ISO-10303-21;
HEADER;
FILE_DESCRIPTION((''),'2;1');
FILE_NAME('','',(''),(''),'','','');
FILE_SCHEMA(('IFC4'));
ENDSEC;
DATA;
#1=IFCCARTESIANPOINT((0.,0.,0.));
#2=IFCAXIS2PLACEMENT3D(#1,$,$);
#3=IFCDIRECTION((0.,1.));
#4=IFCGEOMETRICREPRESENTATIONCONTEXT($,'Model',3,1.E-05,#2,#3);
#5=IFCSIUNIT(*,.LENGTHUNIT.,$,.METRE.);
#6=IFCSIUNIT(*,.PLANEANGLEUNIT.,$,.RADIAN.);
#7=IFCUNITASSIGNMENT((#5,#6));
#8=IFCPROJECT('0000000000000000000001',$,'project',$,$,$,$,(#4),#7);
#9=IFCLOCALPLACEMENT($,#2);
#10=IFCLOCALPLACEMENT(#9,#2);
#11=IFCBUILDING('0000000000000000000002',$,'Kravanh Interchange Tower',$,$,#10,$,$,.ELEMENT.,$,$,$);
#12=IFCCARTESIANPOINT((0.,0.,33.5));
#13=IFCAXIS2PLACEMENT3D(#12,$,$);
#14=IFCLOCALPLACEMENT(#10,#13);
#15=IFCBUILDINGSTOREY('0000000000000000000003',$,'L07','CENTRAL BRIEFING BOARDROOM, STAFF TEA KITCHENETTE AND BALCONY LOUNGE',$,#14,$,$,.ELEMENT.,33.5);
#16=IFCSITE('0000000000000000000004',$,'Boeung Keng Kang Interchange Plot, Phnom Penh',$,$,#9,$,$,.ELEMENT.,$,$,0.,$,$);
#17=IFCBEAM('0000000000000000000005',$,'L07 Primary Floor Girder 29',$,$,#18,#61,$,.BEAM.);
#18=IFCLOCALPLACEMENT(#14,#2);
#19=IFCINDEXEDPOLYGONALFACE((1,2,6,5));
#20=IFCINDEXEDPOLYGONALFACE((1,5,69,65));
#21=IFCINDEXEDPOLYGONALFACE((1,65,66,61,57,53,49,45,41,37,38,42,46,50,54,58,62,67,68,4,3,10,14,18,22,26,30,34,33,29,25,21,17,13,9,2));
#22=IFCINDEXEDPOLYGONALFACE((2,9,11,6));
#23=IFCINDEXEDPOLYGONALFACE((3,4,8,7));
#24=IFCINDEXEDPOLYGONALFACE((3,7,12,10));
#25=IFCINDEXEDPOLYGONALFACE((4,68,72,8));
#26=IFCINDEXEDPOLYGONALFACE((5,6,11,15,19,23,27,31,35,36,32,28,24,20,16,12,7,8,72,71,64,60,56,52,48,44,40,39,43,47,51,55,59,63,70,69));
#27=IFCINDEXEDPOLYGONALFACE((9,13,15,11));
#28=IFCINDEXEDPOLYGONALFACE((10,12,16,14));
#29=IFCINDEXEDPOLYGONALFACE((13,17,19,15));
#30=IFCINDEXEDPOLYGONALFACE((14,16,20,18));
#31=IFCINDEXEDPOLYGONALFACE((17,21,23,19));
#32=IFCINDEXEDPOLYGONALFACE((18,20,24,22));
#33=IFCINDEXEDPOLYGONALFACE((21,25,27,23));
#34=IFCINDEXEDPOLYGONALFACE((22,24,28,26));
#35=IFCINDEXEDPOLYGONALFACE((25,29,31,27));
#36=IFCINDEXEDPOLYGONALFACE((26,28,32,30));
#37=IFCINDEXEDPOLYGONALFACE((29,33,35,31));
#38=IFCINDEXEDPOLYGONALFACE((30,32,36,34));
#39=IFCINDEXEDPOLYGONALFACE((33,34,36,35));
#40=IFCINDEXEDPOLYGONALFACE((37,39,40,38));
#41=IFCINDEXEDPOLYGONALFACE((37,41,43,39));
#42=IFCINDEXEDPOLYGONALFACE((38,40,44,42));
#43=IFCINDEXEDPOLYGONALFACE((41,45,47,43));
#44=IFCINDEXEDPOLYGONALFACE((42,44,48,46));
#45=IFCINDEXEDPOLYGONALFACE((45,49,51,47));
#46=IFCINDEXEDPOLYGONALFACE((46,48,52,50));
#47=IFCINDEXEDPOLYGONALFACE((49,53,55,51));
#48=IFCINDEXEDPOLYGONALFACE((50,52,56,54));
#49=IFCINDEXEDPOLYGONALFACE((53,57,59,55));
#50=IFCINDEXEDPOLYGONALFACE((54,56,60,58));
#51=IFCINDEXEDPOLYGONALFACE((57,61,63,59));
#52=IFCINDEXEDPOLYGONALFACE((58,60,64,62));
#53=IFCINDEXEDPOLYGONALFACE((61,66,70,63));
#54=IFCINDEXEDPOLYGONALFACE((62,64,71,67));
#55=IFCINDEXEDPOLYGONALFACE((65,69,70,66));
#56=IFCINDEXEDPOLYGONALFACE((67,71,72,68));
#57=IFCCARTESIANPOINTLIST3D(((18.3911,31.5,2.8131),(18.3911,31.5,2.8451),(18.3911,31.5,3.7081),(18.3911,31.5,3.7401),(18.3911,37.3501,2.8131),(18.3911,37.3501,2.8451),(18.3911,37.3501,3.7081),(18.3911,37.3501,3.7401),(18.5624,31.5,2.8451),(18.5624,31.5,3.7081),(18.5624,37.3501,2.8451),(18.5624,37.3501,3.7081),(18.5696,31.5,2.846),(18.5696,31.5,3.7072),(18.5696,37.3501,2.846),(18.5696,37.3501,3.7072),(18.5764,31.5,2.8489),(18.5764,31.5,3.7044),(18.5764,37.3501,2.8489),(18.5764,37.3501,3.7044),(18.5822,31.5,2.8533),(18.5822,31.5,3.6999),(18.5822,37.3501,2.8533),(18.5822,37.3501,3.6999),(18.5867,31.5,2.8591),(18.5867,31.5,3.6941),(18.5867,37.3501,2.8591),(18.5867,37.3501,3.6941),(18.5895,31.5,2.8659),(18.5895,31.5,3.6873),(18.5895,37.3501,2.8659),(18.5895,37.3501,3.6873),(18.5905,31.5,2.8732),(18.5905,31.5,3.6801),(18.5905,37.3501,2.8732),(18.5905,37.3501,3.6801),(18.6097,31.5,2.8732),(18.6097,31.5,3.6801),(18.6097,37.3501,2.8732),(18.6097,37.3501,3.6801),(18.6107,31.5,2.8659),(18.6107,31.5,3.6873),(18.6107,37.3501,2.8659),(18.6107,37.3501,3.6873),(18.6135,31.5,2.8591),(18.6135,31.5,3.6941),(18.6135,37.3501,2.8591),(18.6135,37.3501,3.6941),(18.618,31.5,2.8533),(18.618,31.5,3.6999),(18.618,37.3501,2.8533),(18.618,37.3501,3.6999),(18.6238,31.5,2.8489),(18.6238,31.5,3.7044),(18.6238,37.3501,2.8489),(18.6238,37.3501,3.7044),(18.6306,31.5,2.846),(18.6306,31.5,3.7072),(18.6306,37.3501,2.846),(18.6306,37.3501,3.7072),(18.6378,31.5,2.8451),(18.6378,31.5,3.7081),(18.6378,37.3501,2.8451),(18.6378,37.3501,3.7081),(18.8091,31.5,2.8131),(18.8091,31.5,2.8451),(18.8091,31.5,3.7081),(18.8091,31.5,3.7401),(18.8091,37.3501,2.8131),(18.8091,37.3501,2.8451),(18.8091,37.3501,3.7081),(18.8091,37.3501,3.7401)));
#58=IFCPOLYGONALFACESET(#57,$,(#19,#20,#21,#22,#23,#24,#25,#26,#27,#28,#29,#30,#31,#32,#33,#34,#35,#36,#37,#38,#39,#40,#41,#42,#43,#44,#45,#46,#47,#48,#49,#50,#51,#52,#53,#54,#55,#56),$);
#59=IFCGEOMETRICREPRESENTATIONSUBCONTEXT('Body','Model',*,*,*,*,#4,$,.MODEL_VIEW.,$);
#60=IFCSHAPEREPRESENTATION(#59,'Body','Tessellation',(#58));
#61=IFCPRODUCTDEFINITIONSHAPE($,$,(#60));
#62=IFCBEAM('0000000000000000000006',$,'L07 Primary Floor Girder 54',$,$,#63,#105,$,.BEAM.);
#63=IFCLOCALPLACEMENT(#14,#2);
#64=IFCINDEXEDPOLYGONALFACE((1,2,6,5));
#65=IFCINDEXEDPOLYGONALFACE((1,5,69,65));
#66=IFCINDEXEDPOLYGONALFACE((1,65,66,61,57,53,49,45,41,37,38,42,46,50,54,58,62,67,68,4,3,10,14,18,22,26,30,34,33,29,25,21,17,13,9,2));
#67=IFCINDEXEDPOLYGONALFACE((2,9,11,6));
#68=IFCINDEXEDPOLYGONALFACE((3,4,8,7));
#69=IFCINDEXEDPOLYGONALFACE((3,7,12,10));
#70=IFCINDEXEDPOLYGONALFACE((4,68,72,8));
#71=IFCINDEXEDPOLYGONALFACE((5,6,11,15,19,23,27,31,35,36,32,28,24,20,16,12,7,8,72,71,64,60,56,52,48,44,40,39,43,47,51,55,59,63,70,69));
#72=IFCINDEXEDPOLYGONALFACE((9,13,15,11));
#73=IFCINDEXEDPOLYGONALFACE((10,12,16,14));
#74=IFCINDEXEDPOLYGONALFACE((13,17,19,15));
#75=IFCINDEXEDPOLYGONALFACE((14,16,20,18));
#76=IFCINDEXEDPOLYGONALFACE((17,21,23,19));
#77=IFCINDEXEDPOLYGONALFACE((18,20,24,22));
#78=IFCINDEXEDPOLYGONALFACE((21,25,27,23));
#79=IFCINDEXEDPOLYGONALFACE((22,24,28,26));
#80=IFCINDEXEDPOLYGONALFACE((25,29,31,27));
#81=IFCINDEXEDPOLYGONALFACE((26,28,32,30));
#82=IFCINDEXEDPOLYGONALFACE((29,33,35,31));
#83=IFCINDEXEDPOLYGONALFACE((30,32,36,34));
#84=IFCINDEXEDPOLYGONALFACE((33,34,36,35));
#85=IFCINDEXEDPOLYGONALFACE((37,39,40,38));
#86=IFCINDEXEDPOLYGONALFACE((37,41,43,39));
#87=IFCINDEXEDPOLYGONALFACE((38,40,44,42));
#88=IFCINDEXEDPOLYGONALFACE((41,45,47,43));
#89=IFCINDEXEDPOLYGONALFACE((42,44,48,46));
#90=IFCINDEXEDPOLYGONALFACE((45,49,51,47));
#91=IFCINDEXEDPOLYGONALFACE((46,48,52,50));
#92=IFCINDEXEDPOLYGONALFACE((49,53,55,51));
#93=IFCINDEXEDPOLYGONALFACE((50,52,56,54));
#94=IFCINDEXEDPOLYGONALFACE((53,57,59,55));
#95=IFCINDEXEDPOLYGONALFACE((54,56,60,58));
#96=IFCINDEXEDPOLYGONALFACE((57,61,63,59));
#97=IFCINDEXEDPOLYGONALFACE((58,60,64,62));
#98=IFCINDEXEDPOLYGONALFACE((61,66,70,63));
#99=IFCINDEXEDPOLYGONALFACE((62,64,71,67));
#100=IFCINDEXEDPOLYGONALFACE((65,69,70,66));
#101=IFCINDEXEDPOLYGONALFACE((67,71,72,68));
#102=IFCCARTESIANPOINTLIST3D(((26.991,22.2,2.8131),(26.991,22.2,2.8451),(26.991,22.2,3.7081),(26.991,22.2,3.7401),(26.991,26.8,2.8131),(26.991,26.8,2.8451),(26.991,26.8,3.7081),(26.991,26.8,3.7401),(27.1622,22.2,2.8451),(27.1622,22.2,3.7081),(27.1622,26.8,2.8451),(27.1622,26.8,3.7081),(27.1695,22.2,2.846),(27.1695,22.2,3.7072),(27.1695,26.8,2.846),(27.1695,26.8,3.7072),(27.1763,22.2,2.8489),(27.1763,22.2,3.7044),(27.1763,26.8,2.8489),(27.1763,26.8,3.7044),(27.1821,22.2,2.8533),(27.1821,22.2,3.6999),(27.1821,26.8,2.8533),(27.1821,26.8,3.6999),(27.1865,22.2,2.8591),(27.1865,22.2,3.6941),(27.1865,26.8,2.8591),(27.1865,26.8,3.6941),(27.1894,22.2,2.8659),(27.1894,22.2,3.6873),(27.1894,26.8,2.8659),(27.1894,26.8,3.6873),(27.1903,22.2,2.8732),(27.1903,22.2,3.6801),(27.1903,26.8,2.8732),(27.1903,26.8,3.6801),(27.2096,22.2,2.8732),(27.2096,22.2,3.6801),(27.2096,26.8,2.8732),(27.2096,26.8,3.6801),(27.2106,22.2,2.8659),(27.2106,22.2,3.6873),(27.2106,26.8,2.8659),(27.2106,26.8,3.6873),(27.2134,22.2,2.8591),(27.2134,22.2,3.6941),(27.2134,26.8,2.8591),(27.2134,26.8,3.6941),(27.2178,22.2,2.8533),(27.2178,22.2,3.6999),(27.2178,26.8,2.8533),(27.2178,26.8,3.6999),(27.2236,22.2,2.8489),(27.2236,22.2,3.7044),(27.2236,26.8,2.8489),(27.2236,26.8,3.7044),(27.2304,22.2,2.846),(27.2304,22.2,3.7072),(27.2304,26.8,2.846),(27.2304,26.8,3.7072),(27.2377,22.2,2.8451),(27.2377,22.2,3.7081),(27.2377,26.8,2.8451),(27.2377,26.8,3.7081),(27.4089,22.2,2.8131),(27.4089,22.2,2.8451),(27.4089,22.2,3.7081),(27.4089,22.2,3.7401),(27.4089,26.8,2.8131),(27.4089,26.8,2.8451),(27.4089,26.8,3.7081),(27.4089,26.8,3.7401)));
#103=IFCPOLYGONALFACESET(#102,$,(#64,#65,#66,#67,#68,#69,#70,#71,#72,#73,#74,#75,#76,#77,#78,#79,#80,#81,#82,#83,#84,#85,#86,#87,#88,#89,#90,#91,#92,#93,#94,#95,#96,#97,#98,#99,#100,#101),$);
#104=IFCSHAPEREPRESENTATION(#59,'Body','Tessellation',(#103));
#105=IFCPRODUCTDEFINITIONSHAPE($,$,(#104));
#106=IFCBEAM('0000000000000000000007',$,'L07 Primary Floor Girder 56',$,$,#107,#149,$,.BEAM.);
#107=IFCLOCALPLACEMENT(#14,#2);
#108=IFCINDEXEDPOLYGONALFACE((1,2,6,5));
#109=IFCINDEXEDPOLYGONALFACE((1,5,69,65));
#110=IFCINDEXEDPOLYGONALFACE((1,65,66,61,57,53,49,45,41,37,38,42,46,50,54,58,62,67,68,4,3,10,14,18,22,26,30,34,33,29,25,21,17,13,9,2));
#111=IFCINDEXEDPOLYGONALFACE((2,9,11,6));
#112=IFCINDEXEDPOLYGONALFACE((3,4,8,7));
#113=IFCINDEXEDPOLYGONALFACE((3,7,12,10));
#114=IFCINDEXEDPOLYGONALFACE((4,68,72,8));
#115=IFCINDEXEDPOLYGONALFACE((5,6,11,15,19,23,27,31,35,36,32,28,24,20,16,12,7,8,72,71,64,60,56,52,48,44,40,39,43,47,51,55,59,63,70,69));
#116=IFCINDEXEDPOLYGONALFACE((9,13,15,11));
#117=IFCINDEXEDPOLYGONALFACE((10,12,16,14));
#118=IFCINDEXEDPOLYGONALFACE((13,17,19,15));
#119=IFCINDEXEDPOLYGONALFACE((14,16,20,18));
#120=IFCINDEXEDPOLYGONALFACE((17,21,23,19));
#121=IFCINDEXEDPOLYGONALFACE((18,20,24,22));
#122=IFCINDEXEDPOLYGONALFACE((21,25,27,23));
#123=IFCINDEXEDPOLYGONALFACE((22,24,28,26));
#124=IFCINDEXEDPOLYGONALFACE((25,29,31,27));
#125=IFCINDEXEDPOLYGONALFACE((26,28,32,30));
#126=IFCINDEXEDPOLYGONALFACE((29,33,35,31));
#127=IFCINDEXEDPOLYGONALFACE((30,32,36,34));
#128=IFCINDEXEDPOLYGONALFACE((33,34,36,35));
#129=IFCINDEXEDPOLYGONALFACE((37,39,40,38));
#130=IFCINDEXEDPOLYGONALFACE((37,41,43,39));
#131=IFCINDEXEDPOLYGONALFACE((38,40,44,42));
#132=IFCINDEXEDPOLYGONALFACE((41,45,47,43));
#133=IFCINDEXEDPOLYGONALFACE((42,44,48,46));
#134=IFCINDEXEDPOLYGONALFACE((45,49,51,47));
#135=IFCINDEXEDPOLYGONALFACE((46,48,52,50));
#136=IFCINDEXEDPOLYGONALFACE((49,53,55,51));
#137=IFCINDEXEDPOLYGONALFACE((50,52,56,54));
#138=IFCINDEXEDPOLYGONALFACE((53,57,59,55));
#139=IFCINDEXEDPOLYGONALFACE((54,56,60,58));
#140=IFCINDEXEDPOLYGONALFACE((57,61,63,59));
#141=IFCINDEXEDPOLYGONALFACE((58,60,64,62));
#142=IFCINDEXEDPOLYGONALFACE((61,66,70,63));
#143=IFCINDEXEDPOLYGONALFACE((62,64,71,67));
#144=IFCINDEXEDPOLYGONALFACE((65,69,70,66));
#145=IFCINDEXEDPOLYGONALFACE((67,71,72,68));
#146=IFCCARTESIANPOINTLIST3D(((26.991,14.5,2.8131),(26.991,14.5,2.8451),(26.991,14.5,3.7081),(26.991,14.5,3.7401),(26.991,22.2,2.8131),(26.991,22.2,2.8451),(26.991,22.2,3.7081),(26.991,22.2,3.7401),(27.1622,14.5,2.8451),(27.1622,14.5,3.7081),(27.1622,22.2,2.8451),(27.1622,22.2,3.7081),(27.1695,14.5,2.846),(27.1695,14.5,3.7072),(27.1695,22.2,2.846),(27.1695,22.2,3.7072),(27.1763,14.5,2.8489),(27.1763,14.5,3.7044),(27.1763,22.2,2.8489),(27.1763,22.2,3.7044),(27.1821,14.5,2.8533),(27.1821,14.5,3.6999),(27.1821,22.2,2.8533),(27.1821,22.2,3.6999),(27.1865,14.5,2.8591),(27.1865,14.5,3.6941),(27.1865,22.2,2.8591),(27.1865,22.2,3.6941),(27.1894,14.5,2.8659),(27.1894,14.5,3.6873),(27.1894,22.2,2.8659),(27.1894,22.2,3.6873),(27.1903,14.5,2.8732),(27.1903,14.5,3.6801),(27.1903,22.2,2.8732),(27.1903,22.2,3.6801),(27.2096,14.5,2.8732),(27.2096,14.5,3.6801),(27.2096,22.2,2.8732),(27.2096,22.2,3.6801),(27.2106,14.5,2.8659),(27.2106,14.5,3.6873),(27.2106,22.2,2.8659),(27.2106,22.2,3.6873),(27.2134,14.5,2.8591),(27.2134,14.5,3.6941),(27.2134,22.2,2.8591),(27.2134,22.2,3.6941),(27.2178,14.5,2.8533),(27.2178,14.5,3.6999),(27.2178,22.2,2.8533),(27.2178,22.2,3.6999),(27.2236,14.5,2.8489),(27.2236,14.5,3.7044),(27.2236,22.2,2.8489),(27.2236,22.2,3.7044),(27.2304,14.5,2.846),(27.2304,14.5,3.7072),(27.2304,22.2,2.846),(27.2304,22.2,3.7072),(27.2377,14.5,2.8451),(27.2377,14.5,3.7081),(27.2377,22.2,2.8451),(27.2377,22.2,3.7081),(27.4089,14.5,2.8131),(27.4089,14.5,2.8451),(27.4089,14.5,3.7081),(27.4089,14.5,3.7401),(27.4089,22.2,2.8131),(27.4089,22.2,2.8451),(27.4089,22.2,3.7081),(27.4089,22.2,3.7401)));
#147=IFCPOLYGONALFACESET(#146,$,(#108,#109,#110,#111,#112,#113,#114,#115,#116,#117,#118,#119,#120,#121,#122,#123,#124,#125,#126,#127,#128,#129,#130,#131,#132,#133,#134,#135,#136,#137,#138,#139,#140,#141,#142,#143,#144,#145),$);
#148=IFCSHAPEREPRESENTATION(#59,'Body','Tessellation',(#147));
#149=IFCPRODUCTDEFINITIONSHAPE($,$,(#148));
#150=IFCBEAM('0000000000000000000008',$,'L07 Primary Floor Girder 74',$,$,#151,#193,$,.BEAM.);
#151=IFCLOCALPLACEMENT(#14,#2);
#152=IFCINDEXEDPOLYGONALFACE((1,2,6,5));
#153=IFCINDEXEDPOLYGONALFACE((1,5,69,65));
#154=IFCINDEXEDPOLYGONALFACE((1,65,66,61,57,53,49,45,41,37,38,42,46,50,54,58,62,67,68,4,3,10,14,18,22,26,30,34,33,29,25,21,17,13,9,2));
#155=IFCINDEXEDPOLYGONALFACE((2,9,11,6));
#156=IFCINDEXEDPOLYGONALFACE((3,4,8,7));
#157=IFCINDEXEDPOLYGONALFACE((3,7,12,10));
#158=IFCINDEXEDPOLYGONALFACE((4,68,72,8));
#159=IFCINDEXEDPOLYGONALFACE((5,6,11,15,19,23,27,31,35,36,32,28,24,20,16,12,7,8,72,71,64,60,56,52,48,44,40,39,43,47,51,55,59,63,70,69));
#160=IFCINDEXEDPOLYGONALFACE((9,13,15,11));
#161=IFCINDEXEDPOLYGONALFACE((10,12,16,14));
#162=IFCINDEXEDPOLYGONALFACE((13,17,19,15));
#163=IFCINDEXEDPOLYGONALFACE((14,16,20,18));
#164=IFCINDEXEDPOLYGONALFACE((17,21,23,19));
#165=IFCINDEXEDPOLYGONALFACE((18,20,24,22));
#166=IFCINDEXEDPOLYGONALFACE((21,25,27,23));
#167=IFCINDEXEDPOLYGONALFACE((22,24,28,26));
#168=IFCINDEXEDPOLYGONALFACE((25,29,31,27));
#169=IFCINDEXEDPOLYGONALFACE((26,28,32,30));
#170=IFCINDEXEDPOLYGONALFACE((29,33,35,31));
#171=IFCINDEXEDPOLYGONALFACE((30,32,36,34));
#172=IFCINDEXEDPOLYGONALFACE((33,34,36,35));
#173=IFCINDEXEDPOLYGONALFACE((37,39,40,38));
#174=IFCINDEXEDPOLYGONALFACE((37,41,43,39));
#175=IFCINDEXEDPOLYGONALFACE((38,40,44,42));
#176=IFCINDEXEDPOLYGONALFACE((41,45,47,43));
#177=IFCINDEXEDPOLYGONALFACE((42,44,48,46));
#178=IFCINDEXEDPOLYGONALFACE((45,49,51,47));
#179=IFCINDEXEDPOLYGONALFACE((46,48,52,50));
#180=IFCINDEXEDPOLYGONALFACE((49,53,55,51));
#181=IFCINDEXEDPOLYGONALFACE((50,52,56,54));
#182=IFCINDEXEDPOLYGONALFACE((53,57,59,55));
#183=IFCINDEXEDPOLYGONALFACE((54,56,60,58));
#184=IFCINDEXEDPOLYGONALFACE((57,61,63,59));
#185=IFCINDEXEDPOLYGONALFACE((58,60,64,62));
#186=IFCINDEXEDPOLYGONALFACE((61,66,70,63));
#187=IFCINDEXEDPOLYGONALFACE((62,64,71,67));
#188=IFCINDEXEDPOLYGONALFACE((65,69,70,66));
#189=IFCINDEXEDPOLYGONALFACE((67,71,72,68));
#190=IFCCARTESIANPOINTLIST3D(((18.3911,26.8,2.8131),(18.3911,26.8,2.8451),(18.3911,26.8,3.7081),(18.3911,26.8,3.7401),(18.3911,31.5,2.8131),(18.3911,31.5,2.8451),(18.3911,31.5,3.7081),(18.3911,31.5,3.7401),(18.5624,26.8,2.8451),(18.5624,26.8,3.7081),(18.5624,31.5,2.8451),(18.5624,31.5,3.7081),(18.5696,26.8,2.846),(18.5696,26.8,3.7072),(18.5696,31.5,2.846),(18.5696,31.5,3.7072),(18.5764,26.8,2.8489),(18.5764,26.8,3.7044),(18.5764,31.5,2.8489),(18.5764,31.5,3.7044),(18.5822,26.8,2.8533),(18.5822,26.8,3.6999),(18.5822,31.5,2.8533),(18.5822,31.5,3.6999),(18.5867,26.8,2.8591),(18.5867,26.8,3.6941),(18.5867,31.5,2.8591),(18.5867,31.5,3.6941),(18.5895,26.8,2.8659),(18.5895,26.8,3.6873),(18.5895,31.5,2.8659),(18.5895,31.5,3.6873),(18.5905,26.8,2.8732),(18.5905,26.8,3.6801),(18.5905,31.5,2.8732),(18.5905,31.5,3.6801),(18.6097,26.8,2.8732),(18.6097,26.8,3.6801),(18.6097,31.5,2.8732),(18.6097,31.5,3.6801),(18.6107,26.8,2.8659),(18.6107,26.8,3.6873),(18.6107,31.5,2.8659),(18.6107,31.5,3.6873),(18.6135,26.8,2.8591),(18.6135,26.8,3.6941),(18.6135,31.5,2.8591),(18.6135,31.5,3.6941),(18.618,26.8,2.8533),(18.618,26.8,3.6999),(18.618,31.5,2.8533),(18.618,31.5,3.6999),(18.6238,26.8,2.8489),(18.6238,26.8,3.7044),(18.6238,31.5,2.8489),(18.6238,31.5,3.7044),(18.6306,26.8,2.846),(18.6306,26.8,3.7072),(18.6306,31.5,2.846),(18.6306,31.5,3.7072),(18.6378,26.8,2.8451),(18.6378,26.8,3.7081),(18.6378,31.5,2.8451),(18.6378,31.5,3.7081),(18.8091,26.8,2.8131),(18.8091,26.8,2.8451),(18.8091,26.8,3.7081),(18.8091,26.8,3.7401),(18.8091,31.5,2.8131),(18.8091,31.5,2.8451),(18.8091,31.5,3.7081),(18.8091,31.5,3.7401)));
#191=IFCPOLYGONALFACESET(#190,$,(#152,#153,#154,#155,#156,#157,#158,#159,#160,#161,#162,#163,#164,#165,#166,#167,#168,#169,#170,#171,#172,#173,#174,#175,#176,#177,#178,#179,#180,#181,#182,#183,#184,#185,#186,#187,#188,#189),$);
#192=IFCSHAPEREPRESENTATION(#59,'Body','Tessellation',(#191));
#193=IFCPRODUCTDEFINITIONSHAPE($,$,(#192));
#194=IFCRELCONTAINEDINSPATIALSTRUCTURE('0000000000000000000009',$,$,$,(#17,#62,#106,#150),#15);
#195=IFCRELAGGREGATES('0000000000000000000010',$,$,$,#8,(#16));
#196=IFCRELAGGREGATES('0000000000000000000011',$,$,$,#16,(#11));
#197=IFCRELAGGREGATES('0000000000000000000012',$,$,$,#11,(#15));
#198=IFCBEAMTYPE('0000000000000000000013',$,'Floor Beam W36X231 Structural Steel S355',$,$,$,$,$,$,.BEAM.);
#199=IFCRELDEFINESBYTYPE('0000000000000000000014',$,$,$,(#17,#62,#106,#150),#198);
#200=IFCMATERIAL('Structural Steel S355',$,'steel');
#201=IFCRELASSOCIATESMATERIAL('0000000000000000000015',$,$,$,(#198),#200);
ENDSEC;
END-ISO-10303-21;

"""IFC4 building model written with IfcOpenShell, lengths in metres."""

from ifc_helpers import new_model, si_unit, direction, frame, origin, origin_2d, place, context, subcontext, project, spatial, i_section, extrude, material, material_profile, profile_set, type_object, element, save


model = new_model("IFC4")

# Units and contexts
model_context = context("Model", 3, precision=1e-05, world=origin(), true_north=direction((0.0, 1.0)))
body_context = subcontext(model_context, "Body", "Model", "MODEL_VIEW")
ifc_project = project(units=[si_unit("LENGTHUNIT", "METRE"), si_unit("PLANEANGLEUNIT", "RADIAN")], contexts=[model_context])

# Site, building, storey
site_placement = place(None, origin())
site = spatial("IfcSite", under=ifc_project, at=site_placement, Name="Boeung Keng Kang Interchange Plot, Phnom Penh", CompositionType="ELEMENT", RefElevation=0.0)
building_placement = place(site_placement, origin())
building = spatial("IfcBuilding", under=site, at=building_placement, Name="Kravanh Interchange Tower", CompositionType="ELEMENT")
storey_placement = place(building_placement, frame((0.0, 0.0, 33.5)))
storey = spatial("IfcBuildingStorey", under=building, at=storey_placement, Name="L07", Description="CENTRAL BRIEFING BOARDROOM, STAFF TEA KITCHENETTE AND BALCONY LOUNGE", CompositionType="ELEMENT", Elevation=33.5)

# Beams
ifc_material_1 = material(Name="Structural Steel S355", Category="steel")
ifc_material_profile_1 = material_profile(ifc_material_1, i_section(OverallWidth=0.418, OverallDepth=0.927, WebThickness=0.0193, FlangeThickness=0.032, FilletRadius=0.0281, at=origin_2d()), Name="W36X231")
ifc_profile_set_1 = profile_set([ifc_material_profile_1], Name="Structural Steel S355")
beam_type_1 = type_object("IfcBeamType", Name="Floor Beam W36X231 Structural Steel S355", PredefinedType="BEAM", material=ifc_profile_set_1)
beam_1_placement = place(storey_placement, frame((18.6001, 37.3501, 3.2766), z_axis=(0.0, -1.0, 0.0), x_axis=(1.0, 0.0, 0.0)))
element("IfcBeam", 1, at=beam_1_placement, inside=storey, type_object=beam_type_1, Name="L07 Primary Floor Girder 29", PredefinedType="BEAM", context=body_context, shape_type="SweptSolid", body=[
    extrude(i_section(OverallWidth=0.418, OverallDepth=0.927, WebThickness=0.0193, FlangeThickness=0.032, FilletRadius=0.0281, at=origin_2d()), origin(), (0.0, 0.0, 1.0), 5.8501),
])
beam_2_placement = place(storey_placement, frame((27.2, 22.2, 3.2766), z_axis=(0.0, 1.0, 0.0), x_axis=(-1.0, 0.0, 0.0)))
element("IfcBeam", 2, at=beam_2_placement, inside=storey, type_object=beam_type_1, Name="L07 Primary Floor Girder 54", PredefinedType="BEAM", context=body_context, shape_type="SweptSolid", body=[
    extrude(i_section(OverallWidth=0.418, OverallDepth=0.927, WebThickness=0.0193, FlangeThickness=0.032, FilletRadius=0.0281, at=origin_2d()), origin(), (0.0, 0.0, 1.0), 4.6001),
])
beam_3_placement = place(storey_placement, frame((27.2, 22.2, 3.2766), z_axis=(0.0, -1.0, 0.0), x_axis=(1.0, 0.0, 0.0)))
element("IfcBeam", 3, at=beam_3_placement, inside=storey, type_object=beam_type_1, Name="L07 Primary Floor Girder 56", PredefinedType="BEAM", context=body_context, shape_type="SweptSolid", body=[
    extrude(i_section(OverallWidth=0.418, OverallDepth=0.927, WebThickness=0.0193, FlangeThickness=0.032, FilletRadius=0.0281, at=origin_2d()), origin(), (0.0, 0.0, 1.0), 7.7),
])
beam_4_placement = place(storey_placement, frame((18.6001, 26.8, 3.2766), z_axis=(0.0, 1.0, 0.0), x_axis=(-1.0, 0.0, 0.0)))
element("IfcBeam", 4, at=beam_4_placement, inside=storey, type_object=beam_type_1, Name="L07 Primary Floor Girder 74", PredefinedType="BEAM", context=body_context, shape_type="SweptSolid", body=[
    extrude(i_section(OverallWidth=0.418, OverallDepth=0.927, WebThickness=0.0193, FlangeThickness=0.032, FilletRadius=0.0281, at=origin_2d()), origin(), (0.0, 0.0, 1.0), 4.7),
])

save(model, "model.ifc")
